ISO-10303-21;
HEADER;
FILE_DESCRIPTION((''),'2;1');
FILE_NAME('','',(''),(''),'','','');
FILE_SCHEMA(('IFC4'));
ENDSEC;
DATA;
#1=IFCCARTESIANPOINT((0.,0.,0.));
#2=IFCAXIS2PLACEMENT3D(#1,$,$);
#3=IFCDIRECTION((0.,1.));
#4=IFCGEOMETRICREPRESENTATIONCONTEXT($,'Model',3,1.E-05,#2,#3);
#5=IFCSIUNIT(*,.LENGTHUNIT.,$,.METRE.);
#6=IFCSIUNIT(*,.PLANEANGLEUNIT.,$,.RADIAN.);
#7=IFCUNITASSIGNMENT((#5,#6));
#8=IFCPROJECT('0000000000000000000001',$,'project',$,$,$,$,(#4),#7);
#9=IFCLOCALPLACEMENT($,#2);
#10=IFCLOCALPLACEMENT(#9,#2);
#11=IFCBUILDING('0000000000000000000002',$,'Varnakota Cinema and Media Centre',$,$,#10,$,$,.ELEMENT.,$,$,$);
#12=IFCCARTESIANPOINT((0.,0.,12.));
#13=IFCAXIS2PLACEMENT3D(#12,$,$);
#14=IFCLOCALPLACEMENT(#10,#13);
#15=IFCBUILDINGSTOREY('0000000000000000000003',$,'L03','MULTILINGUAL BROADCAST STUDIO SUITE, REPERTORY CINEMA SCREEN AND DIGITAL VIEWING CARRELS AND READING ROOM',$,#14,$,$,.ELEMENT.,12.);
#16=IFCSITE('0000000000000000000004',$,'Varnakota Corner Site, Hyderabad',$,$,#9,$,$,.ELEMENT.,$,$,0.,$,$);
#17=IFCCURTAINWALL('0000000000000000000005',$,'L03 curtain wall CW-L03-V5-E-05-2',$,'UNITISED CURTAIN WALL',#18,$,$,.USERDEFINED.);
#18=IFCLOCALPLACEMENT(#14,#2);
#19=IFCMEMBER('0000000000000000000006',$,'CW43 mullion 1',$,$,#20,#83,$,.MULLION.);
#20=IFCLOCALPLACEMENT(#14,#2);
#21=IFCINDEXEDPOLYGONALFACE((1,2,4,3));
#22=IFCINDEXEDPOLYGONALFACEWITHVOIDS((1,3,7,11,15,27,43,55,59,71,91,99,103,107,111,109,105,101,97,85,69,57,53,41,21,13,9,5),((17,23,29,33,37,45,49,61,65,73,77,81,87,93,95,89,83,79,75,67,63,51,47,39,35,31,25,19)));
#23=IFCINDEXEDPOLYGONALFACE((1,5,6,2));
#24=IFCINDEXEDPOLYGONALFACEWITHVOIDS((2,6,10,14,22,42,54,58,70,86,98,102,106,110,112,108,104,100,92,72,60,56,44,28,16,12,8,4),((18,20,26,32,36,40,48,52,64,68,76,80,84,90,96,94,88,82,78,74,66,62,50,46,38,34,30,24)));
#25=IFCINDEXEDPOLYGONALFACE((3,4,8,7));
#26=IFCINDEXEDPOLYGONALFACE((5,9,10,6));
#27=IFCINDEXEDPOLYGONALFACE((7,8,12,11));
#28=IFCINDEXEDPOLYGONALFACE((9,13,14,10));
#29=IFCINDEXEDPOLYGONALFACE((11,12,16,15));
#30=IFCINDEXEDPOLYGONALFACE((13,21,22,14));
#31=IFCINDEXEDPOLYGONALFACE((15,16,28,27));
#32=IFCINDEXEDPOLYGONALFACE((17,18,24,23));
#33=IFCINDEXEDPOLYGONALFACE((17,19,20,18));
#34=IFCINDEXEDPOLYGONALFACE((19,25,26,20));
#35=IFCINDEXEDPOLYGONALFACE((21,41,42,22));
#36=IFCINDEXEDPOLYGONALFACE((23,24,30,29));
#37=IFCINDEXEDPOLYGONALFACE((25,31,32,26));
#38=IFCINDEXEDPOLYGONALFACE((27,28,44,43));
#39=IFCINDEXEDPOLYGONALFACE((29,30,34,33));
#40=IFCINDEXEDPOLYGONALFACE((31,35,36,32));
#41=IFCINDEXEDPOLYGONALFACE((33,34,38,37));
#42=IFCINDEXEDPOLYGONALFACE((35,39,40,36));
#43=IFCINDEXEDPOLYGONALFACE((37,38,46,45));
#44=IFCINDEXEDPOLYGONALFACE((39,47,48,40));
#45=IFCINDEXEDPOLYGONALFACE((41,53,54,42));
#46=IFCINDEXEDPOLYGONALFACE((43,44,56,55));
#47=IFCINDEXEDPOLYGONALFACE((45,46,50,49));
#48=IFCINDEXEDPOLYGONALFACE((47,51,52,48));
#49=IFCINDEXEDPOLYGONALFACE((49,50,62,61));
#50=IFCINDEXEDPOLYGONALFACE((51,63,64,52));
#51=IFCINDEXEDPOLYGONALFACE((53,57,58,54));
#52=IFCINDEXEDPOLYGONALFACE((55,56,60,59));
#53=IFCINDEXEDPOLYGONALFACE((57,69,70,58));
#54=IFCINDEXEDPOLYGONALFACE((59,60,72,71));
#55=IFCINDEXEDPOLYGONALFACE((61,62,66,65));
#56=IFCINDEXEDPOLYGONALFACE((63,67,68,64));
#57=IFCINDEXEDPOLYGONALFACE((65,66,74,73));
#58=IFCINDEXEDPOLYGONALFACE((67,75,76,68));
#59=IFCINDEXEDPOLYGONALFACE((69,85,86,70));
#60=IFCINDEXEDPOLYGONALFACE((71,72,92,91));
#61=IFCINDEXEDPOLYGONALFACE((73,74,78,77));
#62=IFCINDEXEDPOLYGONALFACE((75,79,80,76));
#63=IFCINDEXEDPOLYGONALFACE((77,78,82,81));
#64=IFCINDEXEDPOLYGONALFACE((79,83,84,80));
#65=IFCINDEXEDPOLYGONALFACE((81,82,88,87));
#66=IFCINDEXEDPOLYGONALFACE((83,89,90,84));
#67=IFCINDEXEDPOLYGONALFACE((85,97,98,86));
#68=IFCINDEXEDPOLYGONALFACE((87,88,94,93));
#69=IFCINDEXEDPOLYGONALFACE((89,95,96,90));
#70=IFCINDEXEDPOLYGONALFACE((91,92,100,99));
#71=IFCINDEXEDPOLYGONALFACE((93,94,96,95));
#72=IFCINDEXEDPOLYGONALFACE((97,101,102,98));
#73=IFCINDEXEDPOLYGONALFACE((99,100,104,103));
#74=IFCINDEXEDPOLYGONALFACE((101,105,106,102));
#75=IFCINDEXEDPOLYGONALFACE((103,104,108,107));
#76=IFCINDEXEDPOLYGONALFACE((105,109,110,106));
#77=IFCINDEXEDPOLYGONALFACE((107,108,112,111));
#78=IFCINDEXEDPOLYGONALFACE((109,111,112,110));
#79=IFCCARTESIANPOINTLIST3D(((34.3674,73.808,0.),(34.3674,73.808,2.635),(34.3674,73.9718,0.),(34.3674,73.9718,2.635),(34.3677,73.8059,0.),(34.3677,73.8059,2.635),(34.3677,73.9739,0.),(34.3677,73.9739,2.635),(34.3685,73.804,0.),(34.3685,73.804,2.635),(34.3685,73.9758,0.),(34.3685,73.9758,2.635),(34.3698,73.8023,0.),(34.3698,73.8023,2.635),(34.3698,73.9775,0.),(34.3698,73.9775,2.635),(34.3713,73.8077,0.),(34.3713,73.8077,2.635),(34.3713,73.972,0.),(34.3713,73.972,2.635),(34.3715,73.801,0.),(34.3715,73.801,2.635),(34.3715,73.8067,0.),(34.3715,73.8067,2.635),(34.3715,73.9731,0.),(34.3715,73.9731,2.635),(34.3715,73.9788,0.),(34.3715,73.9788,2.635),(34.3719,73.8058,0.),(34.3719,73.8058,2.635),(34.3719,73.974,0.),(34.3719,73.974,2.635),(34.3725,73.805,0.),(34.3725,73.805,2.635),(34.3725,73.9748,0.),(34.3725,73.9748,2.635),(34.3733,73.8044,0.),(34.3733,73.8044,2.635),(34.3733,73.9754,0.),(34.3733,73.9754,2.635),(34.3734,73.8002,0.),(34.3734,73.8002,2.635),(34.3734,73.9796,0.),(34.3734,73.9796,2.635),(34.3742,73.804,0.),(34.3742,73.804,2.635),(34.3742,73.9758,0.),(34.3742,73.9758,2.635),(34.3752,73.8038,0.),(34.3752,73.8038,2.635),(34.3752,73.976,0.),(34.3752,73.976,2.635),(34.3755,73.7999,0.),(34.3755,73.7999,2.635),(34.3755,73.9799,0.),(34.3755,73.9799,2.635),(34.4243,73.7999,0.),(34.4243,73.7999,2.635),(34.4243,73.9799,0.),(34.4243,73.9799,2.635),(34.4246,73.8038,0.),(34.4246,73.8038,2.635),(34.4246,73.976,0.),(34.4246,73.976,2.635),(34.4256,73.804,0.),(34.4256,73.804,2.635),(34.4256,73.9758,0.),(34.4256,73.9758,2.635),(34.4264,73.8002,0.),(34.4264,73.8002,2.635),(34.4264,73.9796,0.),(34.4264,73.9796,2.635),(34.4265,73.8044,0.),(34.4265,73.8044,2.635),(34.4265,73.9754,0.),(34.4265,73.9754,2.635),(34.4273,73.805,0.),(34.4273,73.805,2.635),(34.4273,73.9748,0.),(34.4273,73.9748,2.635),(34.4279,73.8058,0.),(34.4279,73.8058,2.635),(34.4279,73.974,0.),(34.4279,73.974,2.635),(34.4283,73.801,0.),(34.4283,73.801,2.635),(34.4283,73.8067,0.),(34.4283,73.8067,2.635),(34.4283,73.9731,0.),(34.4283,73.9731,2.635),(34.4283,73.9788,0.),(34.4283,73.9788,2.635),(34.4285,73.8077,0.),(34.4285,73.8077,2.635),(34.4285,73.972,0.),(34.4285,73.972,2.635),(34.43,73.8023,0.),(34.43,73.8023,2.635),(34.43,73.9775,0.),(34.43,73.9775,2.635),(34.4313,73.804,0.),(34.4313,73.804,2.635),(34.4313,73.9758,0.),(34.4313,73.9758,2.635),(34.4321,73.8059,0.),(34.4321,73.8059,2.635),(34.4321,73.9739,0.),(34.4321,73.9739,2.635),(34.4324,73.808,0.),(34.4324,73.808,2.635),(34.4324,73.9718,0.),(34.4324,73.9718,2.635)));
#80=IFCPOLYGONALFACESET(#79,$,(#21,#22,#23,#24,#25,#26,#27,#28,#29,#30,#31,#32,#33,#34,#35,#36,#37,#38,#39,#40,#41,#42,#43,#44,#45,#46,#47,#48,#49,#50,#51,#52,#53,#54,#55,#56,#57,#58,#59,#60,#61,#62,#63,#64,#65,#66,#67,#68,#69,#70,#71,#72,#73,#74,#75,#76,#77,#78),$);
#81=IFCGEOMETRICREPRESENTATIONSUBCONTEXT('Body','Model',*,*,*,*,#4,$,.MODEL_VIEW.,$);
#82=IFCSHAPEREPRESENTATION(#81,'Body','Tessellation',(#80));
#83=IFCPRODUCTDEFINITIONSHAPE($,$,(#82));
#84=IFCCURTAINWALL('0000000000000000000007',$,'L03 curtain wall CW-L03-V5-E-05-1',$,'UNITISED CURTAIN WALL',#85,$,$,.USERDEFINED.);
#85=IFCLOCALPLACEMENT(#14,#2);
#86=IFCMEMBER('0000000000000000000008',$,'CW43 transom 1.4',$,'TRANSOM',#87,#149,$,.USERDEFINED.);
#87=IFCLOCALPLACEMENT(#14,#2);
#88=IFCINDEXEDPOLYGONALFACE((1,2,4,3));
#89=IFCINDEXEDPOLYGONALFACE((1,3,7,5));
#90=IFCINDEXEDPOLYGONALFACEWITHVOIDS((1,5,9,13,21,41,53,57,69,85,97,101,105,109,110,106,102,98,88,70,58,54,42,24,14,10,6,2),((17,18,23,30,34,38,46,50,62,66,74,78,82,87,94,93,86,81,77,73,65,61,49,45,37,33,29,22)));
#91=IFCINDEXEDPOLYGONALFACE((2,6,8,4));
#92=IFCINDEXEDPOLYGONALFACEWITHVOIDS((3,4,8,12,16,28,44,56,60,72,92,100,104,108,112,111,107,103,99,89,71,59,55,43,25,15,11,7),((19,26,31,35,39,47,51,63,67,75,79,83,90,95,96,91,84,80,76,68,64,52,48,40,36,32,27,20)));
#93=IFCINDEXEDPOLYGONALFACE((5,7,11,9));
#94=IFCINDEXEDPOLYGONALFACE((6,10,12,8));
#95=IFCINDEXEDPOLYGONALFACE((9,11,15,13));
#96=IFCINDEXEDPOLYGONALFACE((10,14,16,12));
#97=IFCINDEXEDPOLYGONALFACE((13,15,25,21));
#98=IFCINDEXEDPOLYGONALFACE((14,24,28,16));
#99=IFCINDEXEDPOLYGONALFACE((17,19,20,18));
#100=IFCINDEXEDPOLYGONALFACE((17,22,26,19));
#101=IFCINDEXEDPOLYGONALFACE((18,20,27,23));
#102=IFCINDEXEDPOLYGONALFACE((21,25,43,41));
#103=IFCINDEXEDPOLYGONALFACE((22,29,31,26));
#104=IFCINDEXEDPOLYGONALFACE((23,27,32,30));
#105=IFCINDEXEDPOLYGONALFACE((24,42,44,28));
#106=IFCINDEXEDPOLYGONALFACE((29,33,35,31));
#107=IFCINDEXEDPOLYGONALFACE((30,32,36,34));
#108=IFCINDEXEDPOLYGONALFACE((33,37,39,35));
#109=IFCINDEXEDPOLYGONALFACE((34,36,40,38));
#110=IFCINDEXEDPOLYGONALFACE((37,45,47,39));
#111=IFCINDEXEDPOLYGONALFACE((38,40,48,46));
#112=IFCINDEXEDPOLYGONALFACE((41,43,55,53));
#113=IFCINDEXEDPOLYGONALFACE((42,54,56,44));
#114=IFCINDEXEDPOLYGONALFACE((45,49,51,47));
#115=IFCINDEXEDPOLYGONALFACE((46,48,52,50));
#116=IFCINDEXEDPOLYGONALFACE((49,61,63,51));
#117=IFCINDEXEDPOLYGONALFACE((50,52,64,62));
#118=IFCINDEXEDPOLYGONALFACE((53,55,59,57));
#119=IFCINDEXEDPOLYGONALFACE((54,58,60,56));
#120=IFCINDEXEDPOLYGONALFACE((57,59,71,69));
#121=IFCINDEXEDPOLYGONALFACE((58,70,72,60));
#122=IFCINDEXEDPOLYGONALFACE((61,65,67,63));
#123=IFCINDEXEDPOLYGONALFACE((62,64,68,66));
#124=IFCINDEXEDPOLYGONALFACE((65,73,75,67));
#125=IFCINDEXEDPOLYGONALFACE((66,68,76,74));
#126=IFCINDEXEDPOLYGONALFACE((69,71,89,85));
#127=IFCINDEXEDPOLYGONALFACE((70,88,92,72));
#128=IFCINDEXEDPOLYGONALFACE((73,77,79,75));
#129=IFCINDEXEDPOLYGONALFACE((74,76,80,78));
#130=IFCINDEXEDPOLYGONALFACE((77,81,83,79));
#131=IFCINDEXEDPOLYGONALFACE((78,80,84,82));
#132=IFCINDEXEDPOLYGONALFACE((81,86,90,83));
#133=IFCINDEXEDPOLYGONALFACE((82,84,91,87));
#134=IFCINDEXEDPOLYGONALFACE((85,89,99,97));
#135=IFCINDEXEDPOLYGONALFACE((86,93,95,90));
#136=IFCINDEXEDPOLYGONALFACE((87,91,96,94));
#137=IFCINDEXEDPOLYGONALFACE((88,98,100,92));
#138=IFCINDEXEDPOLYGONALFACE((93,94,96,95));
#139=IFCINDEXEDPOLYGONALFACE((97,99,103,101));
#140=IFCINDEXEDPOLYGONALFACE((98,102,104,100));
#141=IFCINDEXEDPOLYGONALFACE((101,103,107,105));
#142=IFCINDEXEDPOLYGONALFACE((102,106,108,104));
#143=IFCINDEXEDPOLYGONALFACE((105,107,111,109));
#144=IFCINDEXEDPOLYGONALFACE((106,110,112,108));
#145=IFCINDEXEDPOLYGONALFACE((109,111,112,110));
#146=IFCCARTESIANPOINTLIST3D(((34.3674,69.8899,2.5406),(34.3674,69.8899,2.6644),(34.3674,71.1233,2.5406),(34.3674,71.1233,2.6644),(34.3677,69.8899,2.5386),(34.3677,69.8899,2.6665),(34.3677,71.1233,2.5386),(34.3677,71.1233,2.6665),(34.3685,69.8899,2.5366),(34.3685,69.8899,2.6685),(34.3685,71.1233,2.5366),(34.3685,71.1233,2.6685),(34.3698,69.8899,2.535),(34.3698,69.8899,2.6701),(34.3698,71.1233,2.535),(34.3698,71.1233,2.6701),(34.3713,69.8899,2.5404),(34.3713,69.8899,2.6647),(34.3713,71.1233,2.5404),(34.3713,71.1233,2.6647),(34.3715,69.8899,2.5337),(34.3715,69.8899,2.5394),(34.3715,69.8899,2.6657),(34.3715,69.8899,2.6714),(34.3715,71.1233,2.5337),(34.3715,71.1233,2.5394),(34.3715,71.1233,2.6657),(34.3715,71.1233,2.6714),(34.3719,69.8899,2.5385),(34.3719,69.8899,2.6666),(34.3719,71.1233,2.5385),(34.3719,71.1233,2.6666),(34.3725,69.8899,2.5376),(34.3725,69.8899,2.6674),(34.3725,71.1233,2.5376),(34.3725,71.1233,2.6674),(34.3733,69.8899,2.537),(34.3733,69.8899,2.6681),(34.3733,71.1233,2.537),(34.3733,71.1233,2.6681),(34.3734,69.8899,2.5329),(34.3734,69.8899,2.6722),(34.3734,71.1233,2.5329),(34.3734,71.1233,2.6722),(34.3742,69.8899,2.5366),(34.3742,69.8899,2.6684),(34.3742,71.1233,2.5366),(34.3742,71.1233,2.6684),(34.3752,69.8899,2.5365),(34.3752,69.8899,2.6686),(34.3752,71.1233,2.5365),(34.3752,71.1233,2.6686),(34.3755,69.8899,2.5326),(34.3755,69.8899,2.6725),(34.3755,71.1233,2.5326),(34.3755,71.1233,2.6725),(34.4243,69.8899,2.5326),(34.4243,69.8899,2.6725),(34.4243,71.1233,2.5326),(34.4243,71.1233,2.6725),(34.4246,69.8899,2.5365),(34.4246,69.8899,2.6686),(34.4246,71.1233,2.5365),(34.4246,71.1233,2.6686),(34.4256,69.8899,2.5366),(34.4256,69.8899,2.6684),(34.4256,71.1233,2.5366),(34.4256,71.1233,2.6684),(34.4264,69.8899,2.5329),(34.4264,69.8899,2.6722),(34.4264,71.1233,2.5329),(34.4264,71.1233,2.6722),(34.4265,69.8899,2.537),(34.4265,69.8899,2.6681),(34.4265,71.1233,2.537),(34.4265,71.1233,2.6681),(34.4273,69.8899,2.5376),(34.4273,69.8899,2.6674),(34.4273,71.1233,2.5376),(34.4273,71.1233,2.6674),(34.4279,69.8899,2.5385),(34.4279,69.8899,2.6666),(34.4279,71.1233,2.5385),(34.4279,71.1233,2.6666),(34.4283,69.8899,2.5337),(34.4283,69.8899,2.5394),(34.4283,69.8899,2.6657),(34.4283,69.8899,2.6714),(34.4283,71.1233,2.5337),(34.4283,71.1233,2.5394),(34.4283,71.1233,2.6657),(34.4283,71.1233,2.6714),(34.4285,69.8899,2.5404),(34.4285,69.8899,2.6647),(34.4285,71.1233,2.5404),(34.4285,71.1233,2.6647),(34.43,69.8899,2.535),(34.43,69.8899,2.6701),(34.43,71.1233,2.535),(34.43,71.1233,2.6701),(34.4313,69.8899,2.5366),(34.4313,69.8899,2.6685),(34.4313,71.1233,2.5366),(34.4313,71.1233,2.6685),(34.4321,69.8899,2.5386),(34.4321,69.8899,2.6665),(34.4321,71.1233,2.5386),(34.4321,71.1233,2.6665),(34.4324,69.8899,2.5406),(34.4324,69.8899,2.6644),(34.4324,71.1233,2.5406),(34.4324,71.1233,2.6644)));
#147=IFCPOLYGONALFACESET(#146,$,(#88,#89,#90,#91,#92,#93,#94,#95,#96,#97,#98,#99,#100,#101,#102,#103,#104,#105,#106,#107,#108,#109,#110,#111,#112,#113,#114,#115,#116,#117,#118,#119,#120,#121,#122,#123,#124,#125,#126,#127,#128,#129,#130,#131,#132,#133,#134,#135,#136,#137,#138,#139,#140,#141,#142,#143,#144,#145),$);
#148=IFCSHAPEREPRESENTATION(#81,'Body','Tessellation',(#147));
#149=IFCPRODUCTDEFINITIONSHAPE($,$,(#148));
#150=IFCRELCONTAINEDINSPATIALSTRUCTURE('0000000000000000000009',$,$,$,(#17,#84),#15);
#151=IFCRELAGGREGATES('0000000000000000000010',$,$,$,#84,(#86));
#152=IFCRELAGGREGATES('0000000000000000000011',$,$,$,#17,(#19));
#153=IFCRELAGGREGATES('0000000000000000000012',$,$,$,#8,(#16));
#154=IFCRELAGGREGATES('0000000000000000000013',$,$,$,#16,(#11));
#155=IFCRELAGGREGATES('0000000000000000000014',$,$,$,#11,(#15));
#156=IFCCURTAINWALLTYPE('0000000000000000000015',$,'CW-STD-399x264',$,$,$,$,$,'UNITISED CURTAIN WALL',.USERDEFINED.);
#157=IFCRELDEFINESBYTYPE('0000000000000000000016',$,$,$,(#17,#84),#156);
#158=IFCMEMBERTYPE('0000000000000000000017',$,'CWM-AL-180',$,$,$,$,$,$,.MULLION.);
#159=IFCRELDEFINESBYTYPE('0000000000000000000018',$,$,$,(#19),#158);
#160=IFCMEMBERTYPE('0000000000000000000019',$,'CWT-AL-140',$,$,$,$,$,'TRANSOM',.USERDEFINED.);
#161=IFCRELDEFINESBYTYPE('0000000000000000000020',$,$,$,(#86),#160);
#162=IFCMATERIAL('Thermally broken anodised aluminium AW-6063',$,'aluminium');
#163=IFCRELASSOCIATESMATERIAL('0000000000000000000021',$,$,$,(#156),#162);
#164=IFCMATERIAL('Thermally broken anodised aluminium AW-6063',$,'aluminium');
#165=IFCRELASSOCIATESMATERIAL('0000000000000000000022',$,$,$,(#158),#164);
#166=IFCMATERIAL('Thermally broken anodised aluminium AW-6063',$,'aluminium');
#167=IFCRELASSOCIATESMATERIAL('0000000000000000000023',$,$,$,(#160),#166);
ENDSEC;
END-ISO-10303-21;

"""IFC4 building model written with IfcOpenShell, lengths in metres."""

from ifc_helpers import new_model, si_unit, direction, frame, origin, origin_2d, place, context, subcontext, project, spatial, hollow_rectangle, extrude, material, material_profile, profile_set, type_object, element, aggregate, save


model = new_model("IFC4")

# Units and contexts
model_context = context("Model", 3, precision=1e-05, world=origin(), true_north=direction((0.0, 1.0)))
body_context = subcontext(model_context, "Body", "Model", "MODEL_VIEW")
ifc_project = project(units=[si_unit("LENGTHUNIT", "METRE"), si_unit("PLANEANGLEUNIT", "RADIAN")], contexts=[model_context])

# Site, building, storey
site_placement = place(None, origin())
site = spatial("IfcSite", under=ifc_project, at=site_placement, Name="Varnakota Corner Site, Hyderabad", CompositionType="ELEMENT", RefElevation=0.0)
building_placement = place(site_placement, origin())
building = spatial("IfcBuilding", under=site, at=building_placement, Name="Varnakota Cinema and Media Centre", CompositionType="ELEMENT")
storey_placement = place(building_placement, frame((0.0, 0.0, 12.0)))
storey = spatial("IfcBuildingStorey", under=building, at=storey_placement, Name="L03", Description="MULTILINGUAL BROADCAST STUDIO SUITE, REPERTORY CINEMA SCREEN AND DIGITAL VIEWING CARRELS AND READING ROOM", CompositionType="ELEMENT", Elevation=12.0)

# Curtain wall, member
ifc_material_1 = material(Name="Thermally broken anodised aluminium AW-6063", Category="aluminium")
curtain_wall_type = type_object("IfcCurtainWallType", Name="CW-STD-399x264", ElementType="UNITISED CURTAIN WALL", PredefinedType="USERDEFINED", material=ifc_material_1)
curtain_wall_1_placement = place(storey_placement, origin())
curtain_wall_1 = element("IfcCurtainWall", 1, at=curtain_wall_1_placement, inside=storey, type_object=curtain_wall_type, Name="L03 curtain wall CW-L03-V5-E-05-2", ObjectType="UNITISED CURTAIN WALL", PredefinedType="USERDEFINED")
ifc_material_2 = material(Name="Thermally broken anodised aluminium AW-6063", Category="aluminium")
ifc_material_profile_1 = material_profile(ifc_material_2, hollow_rectangle(XDim=0.0649, YDim=0.1799, WallThickness=0.0039, InnerFilletRadius=0.0039, OuterFilletRadius=0.0081, at=origin_2d()), Name="AL-MULLION 180x65x4")
ifc_profile_set_1 = profile_set([ifc_material_profile_1], Name="Thermally broken anodised aluminium AW-6063")
member_type_1 = type_object("IfcMemberType", Name="CWM-AL-180", PredefinedType="MULLION", material=ifc_profile_set_1)
member_1_placement = place(storey_placement, frame((34.3999, 73.8899, 0.0), z_axis=(0.0, 0.0, 1.0), x_axis=(-1.0, 0.0, 0.0)))
member_1 = element("IfcMember", 2, at=member_1_placement, type_object=member_type_1, Name="CW43 mullion 1", PredefinedType="MULLION", context=body_context, shape_type="SweptSolid", body=[
    extrude(hollow_rectangle(XDim=0.0649, YDim=0.1799, WallThickness=0.0039, InnerFilletRadius=0.0039, OuterFilletRadius=0.0081, at=origin_2d()), origin(), (0.0, 0.0, 1.0), 2.635),
])

# Curtain wall, member
curtain_wall_2_placement = place(storey_placement, origin())
curtain_wall_2 = element("IfcCurtainWall", 3, at=curtain_wall_2_placement, inside=storey, type_object=curtain_wall_type, Name="L03 curtain wall CW-L03-V5-E-05-1", ObjectType="UNITISED CURTAIN WALL", PredefinedType="USERDEFINED")
ifc_material_3 = material(Name="Thermally broken anodised aluminium AW-6063", Category="aluminium")
ifc_material_profile_2 = material_profile(ifc_material_3, hollow_rectangle(XDim=0.0649, YDim=0.1399, WallThickness=0.0039, InnerFilletRadius=0.0039, OuterFilletRadius=0.0081, at=origin_2d()), Name="AL-TRANSOM 140x65x4")
ifc_profile_set_2 = profile_set([ifc_material_profile_2], Name="Thermally broken anodised aluminium AW-6063")
member_type_2 = type_object("IfcMemberType", Name="CWT-AL-140", ElementType="TRANSOM", PredefinedType="USERDEFINED", material=ifc_profile_set_2)
member_2_placement = place(storey_placement, frame((34.3999, 69.8899, 2.6025), z_axis=(0.0, 1.0, 0.0), x_axis=(-1.0, 0.0, 0.0)))
member_2 = element("IfcMember", 4, at=member_2_placement, type_object=member_type_2, Name="CW43 transom 1.4", ObjectType="TRANSOM", PredefinedType="USERDEFINED", context=body_context, shape_type="SweptSolid", body=[
    extrude(hollow_rectangle(XDim=0.0649, YDim=0.1399, WallThickness=0.0039, InnerFilletRadius=0.0039, OuterFilletRadius=0.0081, at=origin_2d()), origin(), (0.0, 0.0, 1.0), 1.2334),
])

aggregate(curtain_wall_2, [member_2])
aggregate(curtain_wall_1, [member_1])

save(model, "model.ifc")
